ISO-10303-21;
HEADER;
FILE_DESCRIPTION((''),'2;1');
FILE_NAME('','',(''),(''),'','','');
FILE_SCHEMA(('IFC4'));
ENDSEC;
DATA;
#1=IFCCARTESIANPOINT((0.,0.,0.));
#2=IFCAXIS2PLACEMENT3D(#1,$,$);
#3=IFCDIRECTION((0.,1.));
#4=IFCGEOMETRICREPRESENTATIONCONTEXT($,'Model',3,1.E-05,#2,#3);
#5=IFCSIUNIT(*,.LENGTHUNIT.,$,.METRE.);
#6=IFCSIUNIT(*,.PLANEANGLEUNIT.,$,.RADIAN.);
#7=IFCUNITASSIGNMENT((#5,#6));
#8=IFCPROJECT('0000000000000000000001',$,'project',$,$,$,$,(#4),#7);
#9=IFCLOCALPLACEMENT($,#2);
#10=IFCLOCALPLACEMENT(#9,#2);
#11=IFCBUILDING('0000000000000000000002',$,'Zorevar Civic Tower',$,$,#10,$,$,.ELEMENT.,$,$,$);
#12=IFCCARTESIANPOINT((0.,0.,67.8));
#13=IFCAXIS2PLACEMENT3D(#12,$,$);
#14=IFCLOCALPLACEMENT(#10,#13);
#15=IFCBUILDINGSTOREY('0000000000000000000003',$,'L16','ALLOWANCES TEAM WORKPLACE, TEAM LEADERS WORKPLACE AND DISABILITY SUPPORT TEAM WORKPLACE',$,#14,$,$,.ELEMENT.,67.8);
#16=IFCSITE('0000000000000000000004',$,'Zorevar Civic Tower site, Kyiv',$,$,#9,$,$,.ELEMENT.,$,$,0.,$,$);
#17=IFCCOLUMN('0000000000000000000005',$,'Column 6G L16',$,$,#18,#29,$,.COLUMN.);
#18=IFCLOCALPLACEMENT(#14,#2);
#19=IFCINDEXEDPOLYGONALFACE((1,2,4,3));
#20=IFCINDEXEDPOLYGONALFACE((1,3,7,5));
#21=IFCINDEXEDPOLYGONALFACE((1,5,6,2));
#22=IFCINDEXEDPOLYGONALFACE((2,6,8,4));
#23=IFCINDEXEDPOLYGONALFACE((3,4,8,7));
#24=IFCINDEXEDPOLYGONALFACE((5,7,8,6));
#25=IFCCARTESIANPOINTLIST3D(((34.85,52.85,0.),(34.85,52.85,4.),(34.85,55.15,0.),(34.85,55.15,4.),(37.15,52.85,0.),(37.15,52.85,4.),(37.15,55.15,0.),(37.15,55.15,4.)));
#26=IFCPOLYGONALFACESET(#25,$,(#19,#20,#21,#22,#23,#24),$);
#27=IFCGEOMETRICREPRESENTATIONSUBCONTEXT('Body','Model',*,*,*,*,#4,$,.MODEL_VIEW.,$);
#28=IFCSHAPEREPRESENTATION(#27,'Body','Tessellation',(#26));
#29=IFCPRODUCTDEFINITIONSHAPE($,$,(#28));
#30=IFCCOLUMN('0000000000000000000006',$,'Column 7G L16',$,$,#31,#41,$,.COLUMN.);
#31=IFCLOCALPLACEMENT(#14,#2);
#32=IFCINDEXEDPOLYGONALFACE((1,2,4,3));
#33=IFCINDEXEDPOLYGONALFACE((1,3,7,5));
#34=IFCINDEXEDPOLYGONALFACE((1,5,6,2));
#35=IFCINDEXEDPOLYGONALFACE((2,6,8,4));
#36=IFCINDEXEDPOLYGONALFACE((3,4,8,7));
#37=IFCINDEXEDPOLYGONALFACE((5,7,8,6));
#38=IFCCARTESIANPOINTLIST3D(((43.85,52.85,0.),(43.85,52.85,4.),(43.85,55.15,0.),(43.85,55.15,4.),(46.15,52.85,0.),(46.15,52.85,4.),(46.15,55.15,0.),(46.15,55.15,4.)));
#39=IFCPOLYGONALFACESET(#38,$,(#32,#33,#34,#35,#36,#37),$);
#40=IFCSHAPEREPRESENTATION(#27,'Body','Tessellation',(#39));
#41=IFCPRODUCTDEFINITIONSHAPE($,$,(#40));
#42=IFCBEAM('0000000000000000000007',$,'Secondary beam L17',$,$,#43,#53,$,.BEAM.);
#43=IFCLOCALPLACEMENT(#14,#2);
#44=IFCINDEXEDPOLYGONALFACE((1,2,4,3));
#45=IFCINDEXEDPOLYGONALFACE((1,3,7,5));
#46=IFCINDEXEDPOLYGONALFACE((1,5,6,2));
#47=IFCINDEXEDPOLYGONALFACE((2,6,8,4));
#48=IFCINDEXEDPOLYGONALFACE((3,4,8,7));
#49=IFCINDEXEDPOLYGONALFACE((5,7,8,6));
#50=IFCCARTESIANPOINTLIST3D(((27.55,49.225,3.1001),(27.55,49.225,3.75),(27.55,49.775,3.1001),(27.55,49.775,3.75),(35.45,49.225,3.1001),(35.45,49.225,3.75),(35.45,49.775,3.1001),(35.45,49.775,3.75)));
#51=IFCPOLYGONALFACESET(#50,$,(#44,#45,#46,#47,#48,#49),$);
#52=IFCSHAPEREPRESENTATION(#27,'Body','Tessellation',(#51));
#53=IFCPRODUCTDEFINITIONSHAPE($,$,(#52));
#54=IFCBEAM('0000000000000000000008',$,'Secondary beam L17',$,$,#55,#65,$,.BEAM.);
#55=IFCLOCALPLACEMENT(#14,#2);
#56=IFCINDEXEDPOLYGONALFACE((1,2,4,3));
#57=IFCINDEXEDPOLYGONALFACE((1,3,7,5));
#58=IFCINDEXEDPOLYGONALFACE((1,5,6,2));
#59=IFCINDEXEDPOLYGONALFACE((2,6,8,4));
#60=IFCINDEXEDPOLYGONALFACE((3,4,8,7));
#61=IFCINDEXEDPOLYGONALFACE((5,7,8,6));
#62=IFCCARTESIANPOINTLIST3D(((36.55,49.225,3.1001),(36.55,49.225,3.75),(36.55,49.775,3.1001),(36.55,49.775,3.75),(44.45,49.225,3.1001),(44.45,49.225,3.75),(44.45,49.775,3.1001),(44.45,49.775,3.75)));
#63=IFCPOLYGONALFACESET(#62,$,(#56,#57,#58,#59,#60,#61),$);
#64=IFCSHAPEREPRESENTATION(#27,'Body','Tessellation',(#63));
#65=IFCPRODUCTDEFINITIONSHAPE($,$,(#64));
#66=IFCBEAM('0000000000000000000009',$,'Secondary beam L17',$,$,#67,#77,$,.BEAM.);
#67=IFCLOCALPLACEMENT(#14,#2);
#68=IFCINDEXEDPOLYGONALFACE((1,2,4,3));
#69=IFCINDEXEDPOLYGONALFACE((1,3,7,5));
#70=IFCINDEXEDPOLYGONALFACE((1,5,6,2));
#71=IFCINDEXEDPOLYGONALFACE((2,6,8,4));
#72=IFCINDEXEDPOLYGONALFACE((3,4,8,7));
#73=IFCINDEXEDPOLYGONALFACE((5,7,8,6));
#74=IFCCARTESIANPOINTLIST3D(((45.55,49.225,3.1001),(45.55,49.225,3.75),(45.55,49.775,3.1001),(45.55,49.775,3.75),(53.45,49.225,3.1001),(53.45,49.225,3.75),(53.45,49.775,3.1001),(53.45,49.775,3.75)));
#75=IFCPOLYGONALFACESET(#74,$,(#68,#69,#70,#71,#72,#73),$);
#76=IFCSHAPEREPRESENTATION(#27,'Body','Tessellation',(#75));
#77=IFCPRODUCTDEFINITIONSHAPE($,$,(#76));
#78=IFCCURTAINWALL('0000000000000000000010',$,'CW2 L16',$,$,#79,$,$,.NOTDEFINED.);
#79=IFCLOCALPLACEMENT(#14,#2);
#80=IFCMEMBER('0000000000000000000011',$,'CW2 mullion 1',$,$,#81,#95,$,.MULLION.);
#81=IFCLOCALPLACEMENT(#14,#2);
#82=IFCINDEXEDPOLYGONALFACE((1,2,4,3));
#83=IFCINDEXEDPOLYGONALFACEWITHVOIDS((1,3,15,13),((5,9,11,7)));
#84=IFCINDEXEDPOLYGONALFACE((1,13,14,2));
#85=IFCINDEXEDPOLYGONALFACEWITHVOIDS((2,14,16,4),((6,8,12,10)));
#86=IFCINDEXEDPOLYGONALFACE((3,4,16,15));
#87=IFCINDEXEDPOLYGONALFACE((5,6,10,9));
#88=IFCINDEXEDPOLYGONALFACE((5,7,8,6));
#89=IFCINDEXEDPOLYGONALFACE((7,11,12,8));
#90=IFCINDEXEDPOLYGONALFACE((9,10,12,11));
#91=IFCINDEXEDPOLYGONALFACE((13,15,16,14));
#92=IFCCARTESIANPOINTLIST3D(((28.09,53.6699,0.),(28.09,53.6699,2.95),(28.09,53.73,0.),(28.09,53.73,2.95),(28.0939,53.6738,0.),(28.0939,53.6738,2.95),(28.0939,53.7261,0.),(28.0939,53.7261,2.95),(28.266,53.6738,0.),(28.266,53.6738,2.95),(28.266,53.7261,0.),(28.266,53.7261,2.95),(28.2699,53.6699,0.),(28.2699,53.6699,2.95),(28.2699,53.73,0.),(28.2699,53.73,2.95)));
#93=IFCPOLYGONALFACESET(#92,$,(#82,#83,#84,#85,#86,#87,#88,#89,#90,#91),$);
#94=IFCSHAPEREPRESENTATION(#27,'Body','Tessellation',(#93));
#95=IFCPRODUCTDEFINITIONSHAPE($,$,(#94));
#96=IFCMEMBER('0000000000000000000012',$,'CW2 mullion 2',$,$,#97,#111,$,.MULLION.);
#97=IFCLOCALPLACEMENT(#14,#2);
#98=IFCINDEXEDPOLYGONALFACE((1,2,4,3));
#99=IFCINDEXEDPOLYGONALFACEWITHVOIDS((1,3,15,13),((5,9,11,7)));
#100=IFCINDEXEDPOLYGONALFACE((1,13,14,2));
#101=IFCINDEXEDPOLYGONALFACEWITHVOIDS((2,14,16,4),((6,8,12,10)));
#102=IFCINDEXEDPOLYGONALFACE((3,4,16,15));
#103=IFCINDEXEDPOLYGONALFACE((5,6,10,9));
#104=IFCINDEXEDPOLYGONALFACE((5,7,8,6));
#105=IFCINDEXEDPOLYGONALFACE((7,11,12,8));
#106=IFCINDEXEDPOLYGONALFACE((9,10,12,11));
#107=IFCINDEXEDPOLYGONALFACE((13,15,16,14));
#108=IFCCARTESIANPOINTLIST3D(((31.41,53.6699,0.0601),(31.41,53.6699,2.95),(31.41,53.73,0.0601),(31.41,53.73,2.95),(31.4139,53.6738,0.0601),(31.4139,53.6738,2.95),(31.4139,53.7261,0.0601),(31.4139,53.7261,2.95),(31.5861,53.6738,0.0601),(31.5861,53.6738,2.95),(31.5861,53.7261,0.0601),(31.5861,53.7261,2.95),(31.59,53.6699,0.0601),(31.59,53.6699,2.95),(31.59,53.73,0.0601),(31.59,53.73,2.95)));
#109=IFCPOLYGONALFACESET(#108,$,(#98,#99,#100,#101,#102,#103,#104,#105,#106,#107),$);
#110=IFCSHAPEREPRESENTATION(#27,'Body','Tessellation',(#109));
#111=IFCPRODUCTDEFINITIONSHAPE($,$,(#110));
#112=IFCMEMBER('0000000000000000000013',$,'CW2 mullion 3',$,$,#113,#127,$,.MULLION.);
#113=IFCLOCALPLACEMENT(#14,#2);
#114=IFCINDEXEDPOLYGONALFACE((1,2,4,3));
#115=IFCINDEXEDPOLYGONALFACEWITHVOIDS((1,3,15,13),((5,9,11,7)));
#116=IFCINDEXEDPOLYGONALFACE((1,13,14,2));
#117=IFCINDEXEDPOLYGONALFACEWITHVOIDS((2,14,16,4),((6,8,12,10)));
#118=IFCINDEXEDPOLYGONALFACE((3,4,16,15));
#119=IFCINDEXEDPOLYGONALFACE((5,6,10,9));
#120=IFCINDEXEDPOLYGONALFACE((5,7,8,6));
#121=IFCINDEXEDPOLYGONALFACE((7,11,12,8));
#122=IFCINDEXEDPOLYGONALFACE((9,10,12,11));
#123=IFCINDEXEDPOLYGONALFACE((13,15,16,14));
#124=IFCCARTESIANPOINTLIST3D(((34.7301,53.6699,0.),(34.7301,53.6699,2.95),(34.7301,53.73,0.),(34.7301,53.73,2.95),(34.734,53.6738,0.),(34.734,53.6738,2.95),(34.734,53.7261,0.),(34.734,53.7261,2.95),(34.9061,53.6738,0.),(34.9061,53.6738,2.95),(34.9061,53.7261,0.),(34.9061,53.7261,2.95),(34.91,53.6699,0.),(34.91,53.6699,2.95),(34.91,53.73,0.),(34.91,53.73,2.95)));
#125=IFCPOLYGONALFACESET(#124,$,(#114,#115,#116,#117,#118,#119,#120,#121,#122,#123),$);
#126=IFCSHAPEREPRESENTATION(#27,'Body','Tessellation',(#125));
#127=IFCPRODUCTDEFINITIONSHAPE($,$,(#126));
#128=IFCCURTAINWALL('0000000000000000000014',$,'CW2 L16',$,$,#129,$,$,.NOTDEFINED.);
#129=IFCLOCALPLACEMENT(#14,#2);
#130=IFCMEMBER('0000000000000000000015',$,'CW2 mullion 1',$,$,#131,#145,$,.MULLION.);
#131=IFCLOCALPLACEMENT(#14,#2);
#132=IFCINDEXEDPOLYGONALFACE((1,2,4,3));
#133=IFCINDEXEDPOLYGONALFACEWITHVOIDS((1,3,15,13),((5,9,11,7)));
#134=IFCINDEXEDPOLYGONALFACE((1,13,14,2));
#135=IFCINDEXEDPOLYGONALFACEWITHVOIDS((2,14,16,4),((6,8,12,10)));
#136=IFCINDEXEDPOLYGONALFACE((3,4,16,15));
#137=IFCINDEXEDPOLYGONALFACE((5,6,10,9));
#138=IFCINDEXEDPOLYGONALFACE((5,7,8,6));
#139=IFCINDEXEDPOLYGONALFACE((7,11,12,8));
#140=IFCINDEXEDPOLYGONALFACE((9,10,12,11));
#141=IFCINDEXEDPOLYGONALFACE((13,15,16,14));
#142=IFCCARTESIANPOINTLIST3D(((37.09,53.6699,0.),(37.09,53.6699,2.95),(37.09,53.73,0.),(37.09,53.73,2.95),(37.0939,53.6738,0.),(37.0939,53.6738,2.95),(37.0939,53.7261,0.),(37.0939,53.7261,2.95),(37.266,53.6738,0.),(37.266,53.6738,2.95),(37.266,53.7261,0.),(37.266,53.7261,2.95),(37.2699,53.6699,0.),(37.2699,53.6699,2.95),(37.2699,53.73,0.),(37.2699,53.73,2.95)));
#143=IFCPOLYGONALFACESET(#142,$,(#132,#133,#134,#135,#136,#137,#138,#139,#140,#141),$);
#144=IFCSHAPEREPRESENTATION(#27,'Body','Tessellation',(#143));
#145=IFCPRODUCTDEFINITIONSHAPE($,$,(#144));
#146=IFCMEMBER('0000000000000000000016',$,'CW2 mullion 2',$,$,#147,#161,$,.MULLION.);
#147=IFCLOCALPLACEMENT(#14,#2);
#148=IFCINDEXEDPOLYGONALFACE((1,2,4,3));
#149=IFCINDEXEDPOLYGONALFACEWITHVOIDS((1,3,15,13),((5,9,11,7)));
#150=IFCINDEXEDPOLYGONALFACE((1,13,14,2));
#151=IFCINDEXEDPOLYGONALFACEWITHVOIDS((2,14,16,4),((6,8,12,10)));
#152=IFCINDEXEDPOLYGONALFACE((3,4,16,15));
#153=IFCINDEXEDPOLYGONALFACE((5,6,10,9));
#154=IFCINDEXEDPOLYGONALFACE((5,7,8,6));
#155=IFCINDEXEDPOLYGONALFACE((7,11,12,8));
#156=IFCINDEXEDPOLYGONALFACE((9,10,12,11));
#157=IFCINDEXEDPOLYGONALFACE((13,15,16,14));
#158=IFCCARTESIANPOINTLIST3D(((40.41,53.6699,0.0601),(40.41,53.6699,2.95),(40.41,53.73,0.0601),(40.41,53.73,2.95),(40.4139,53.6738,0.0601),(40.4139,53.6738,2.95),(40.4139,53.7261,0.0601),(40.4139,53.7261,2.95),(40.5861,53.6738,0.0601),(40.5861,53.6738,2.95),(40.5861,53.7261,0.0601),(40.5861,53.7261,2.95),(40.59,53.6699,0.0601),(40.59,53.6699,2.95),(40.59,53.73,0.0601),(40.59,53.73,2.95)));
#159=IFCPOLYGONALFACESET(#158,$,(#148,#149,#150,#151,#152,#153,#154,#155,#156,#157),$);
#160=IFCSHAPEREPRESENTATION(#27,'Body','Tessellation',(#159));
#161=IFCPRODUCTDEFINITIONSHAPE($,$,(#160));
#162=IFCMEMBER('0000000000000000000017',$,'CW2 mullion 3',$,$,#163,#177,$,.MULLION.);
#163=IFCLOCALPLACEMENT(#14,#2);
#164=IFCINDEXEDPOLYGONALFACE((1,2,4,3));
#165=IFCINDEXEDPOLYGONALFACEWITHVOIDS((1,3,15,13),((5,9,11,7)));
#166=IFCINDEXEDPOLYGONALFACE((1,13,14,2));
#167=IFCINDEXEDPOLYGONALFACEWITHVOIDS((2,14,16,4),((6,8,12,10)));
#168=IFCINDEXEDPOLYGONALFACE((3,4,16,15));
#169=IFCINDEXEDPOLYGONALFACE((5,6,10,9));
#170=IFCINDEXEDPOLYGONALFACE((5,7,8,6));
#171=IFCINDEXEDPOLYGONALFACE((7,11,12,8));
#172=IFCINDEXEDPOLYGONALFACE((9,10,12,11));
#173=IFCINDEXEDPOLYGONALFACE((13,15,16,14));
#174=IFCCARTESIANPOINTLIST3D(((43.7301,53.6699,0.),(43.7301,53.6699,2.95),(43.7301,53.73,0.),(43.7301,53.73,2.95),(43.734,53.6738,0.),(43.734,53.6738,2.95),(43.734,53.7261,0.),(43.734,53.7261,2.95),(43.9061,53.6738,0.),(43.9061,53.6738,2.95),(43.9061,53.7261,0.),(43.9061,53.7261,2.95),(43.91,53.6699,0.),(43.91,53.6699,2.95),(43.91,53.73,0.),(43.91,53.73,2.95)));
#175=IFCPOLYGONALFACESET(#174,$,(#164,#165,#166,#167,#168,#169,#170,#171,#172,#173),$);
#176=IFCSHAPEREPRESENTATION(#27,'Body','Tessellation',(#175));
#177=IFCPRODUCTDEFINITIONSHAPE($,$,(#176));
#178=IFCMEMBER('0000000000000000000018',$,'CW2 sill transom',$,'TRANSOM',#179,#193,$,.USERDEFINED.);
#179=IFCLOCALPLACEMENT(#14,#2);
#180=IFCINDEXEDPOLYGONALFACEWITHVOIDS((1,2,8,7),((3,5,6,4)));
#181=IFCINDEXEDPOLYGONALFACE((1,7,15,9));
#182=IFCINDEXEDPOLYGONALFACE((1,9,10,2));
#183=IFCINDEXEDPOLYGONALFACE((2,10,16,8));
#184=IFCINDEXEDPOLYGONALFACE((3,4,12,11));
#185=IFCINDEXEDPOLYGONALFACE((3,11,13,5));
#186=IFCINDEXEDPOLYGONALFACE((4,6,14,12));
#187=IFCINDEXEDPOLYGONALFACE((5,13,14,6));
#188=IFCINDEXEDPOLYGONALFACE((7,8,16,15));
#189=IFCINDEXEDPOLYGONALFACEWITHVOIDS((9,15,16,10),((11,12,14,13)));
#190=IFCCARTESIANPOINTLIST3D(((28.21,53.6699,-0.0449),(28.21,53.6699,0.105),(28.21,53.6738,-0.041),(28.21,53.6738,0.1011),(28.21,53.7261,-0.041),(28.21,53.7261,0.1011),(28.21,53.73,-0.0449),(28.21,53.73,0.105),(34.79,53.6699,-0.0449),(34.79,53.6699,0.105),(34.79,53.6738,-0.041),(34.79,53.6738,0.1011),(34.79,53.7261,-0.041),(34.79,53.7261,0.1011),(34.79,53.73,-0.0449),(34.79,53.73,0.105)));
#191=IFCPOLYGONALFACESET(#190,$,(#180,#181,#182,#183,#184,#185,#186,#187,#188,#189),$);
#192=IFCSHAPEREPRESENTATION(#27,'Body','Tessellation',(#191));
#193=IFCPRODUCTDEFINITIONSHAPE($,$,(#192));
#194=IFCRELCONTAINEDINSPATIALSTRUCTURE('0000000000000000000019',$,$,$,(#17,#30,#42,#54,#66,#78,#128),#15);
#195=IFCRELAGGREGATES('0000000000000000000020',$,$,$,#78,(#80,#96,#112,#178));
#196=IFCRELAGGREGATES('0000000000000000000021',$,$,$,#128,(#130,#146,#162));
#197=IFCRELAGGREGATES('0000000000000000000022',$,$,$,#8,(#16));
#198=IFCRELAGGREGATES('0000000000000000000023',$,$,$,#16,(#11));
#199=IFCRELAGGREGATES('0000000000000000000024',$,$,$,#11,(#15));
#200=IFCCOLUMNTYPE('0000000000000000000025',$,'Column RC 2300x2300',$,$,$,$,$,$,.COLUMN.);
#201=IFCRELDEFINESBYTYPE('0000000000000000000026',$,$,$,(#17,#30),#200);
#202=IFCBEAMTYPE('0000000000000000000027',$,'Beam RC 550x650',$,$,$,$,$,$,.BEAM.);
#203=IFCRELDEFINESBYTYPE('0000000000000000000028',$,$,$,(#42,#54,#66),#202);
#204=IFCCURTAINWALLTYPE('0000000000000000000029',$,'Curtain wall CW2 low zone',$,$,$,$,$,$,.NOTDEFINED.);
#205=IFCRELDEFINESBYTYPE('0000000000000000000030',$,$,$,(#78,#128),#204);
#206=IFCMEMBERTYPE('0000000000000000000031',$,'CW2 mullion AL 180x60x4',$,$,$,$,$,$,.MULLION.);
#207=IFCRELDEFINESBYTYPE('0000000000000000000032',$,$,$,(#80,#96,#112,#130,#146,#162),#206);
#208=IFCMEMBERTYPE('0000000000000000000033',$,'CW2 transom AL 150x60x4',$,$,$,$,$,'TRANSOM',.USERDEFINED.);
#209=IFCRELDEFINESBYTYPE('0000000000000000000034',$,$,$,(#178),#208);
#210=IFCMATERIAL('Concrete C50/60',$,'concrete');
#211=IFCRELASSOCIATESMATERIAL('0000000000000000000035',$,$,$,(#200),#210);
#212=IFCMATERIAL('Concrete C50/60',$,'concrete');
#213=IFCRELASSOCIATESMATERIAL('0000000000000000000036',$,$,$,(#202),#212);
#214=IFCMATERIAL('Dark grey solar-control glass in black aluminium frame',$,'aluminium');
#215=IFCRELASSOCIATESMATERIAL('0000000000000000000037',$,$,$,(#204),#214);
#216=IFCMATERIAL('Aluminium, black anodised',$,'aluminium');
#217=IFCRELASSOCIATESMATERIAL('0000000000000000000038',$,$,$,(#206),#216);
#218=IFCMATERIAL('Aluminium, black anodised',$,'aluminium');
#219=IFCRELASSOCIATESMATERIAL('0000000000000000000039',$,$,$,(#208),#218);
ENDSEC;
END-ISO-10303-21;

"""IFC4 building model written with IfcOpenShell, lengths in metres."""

from ifc_helpers import new_model, si_unit, direction, frame, origin, origin_2d, place, context, subcontext, project, spatial, rectangle, hollow_rectangle, extrude, material, material_profile, profile_set, type_object, element, aggregate, save


model = new_model("IFC4")

# Units and contexts
model_context = context("Model", 3, precision=1e-05, world=origin(), true_north=direction((0.0, 1.0)))
body_context = subcontext(model_context, "Body", "Model", "MODEL_VIEW")
ifc_project = project(units=[si_unit("LENGTHUNIT", "METRE"), si_unit("PLANEANGLEUNIT", "RADIAN")], contexts=[model_context])

# Site, building, storey
site_placement = place(None, origin())
site = spatial("IfcSite", under=ifc_project, at=site_placement, Name="Zorevar Civic Tower site, Kyiv", CompositionType="ELEMENT", RefElevation=0.0)
building_placement = place(site_placement, origin())
building = spatial("IfcBuilding", under=site, at=building_placement, Name="Zorevar Civic Tower", CompositionType="ELEMENT")
storey_placement = place(building_placement, frame((0.0, 0.0, 67.8)))
storey = spatial("IfcBuildingStorey", under=building, at=storey_placement, Name="L16", Description="ALLOWANCES TEAM WORKPLACE, TEAM LEADERS WORKPLACE AND DISABILITY SUPPORT TEAM WORKPLACE", CompositionType="ELEMENT", Elevation=67.8)

# Columns
ifc_material_1 = material(Name="Concrete C50/60", Category="concrete")
ifc_material_profile_1 = material_profile(ifc_material_1, rectangle(XDim=2.3, YDim=2.3, at=origin_2d()), Name="RC 2300x2300")
ifc_profile_set_1 = profile_set([ifc_material_profile_1], Name="Concrete C50/60")
column_type = type_object("IfcColumnType", Name="Column RC 2300x2300", PredefinedType="COLUMN", material=ifc_profile_set_1)
for number, where, z_axis, x_axis, name in (
    (1, (36.0, 54.0, 0.0), (0.0, 0.0, 1.0), (1.0, 0.0, 0.0), "Column 6G L16"),
    (2, (45.0, 54.0, 0.0), (0.0, 0.0, 1.0), (1.0, 0.0, 0.0), "Column 7G L16"),
):
    element("IfcColumn", number, at=place(storey_placement, frame(where, z_axis=z_axis, x_axis=x_axis)), inside=storey, type_object=column_type, Name=name, PredefinedType="COLUMN", context=body_context, shape_type="SweptSolid", body=[
        extrude(rectangle(XDim=2.3, YDim=2.3, at=origin_2d()), origin(), (0.0, 0.0, 1.0), 4.0),
    ])

# Beams
ifc_material_2 = material(Name="Concrete C50/60", Category="concrete")
ifc_material_profile_2 = material_profile(ifc_material_2, rectangle(XDim=0.55, YDim=0.6499, at=origin_2d()), Name="RC 550x650")
ifc_profile_set_2 = profile_set([ifc_material_profile_2], Name="Concrete C50/60")
beam_type_1 = type_object("IfcBeamType", Name="Beam RC 550x650", PredefinedType="BEAM", material=ifc_profile_set_2)
for number, where, z_axis, x_axis, name in (
    (3, (27.55, 49.5, 3.425), (1.0, 0.0, 0.0), (0.0, 1.0, 0.0), "Secondary beam L17"),
    (4, (36.55, 49.5, 3.425), (1.0, 0.0, 0.0), (0.0, 1.0, 0.0), "Secondary beam L17"),
    (5, (45.55, 49.5, 3.425), (1.0, 0.0, 0.0), (0.0, 1.0, 0.0), "Secondary beam L17"),
):
    element("IfcBeam", number, at=place(storey_placement, frame(where, z_axis=z_axis, x_axis=x_axis)), inside=storey, type_object=beam_type_1, Name=name, PredefinedType="BEAM", context=body_context, shape_type="SweptSolid", body=[
        extrude(rectangle(XDim=0.55, YDim=0.6499, at=origin_2d()), origin(), (0.0, 0.0, 1.0), 7.8999),
    ])

# Curtain walls, members
ifc_material_3 = material(Name="Dark grey solar-control glass in black aluminium frame", Category="aluminium")
curtain_wall_type = type_object("IfcCurtainWallType", Name="Curtain wall CW2 low zone", PredefinedType="NOTDEFINED", material=ifc_material_3)
curtain_wall_1_placement = place(storey_placement, origin())
curtain_wall_1 = element("IfcCurtainWall", 6, at=curtain_wall_1_placement, inside=storey, type_object=curtain_wall_type, Name="CW2 L16", PredefinedType="NOTDEFINED")
ifc_material_4 = material(Name="Aluminium, black anodised", Category="aluminium")
ifc_material_profile_3 = material_profile(ifc_material_4, hollow_rectangle(XDim=0.0601, YDim=0.1799, WallThickness=0.0039, at=origin_2d()), Name="AL 180x60x4")
ifc_profile_set_3 = profile_set([ifc_material_profile_3], Name="Aluminium, black anodised")
member_type_1 = type_object("IfcMemberType", Name="CW2 mullion AL 180x60x4", PredefinedType="MULLION", material=ifc_profile_set_3)
member_1_placement = place(storey_placement, frame((28.1799, 53.7, 0.0), z_axis=(0.0, 0.0, 1.0), x_axis=(0.0, 1.0, 0.0)))
member_1 = element("IfcMember", 7, at=member_1_placement, type_object=member_type_1, Name="CW2 mullion 1", PredefinedType="MULLION", context=body_context, shape_type="SweptSolid", body=[
    extrude(hollow_rectangle(XDim=0.0601, YDim=0.1799, WallThickness=0.0039, at=origin_2d()), origin(), (0.0, 0.0, 1.0), 2.95),
])
member_2_placement = place(storey_placement, frame((31.5, 53.7, 0.0601), z_axis=(0.0, 0.0, 1.0), x_axis=(0.0, 1.0, 0.0)))
member_2 = element("IfcMember", 8, at=member_2_placement, type_object=member_type_1, Name="CW2 mullion 2", PredefinedType="MULLION", context=body_context, shape_type="SweptSolid", body=[
    extrude(hollow_rectangle(XDim=0.0601, YDim=0.1799, WallThickness=0.0039, at=origin_2d()), origin(), (0.0, 0.0, 1.0), 2.8899),
])
member_3_placement = place(storey_placement, frame((34.8201, 53.7, 0.0), z_axis=(0.0, 0.0, 1.0), x_axis=(0.0, 1.0, 0.0)))
member_3 = element("IfcMember", 9, at=member_3_placement, type_object=member_type_1, Name="CW2 mullion 3", PredefinedType="MULLION", context=body_context, shape_type="SweptSolid", body=[
    extrude(hollow_rectangle(XDim=0.0601, YDim=0.1799, WallThickness=0.0039, at=origin_2d()), origin(), (0.0, 0.0, 1.0), 2.95),
])
curtain_wall_2_placement = place(storey_placement, origin())
curtain_wall_2 = element("IfcCurtainWall", 10, at=curtain_wall_2_placement, inside=storey, type_object=curtain_wall_type, Name="CW2 L16", PredefinedType="NOTDEFINED")
member_4_placement = place(storey_placement, frame((37.1799, 53.7, 0.0), z_axis=(0.0, 0.0, 1.0), x_axis=(0.0, 1.0, 0.0)))
member_4 = element("IfcMember", 11, at=member_4_placement, type_object=member_type_1, Name="CW2 mullion 1", PredefinedType="MULLION", context=body_context, shape_type="SweptSolid", body=[
    extrude(hollow_rectangle(XDim=0.0601, YDim=0.1799, WallThickness=0.0039, at=origin_2d()), origin(), (0.0, 0.0, 1.0), 2.95),
])
member_5_placement = place(storey_placement, frame((40.5, 53.7, 0.0601), z_axis=(0.0, 0.0, 1.0), x_axis=(0.0, 1.0, 0.0)))
member_5 = element("IfcMember", 12, at=member_5_placement, type_object=member_type_1, Name="CW2 mullion 2", PredefinedType="MULLION", context=body_context, shape_type="SweptSolid", body=[
    extrude(hollow_rectangle(XDim=0.0601, YDim=0.1799, WallThickness=0.0039, at=origin_2d()), origin(), (0.0, 0.0, 1.0), 2.8899),
])
member_6_placement = place(storey_placement, frame((43.8201, 53.7, 0.0), z_axis=(0.0, 0.0, 1.0), x_axis=(0.0, 1.0, 0.0)))
member_6 = element("IfcMember", 13, at=member_6_placement, type_object=member_type_1, Name="CW2 mullion 3", PredefinedType="MULLION", context=body_context, shape_type="SweptSolid", body=[
    extrude(hollow_rectangle(XDim=0.0601, YDim=0.1799, WallThickness=0.0039, at=origin_2d()), origin(), (0.0, 0.0, 1.0), 2.95),
])

# Member
ifc_material_5 = material(Name="Aluminium, black anodised", Category="aluminium")
ifc_material_profile_4 = material_profile(ifc_material_5, hollow_rectangle(XDim=0.0601, YDim=0.1499, WallThickness=0.0039, at=origin_2d()), Name="AL 150x60x4")
ifc_profile_set_4 = profile_set([ifc_material_profile_4], Name="Aluminium, black anodised")
member_type_2 = type_object("IfcMemberType", Name="CW2 transom AL 150x60x4", ElementType="TRANSOM", PredefinedType="USERDEFINED", material=ifc_profile_set_4)
member_7_placement = place(storey_placement, frame((28.21, 53.7, 0.03), z_axis=(1.0, 0.0, 0.0), x_axis=(0.0, 1.0, 0.0)))
member_7 = element("IfcMember", 14, at=member_7_placement, type_object=member_type_2, Name="CW2 sill transom", ObjectType="TRANSOM", PredefinedType="USERDEFINED", context=body_context, shape_type="SweptSolid", body=[
    extrude(hollow_rectangle(XDim=0.0601, YDim=0.1499, WallThickness=0.0039, at=origin_2d()), origin(), (0.0, 0.0, 1.0), 6.5801),
])

aggregate(curtain_wall_1, [member_1, member_2, member_3, member_7])
aggregate(curtain_wall_2, [member_4, member_5, member_6])

save(model, "model.ifc")
